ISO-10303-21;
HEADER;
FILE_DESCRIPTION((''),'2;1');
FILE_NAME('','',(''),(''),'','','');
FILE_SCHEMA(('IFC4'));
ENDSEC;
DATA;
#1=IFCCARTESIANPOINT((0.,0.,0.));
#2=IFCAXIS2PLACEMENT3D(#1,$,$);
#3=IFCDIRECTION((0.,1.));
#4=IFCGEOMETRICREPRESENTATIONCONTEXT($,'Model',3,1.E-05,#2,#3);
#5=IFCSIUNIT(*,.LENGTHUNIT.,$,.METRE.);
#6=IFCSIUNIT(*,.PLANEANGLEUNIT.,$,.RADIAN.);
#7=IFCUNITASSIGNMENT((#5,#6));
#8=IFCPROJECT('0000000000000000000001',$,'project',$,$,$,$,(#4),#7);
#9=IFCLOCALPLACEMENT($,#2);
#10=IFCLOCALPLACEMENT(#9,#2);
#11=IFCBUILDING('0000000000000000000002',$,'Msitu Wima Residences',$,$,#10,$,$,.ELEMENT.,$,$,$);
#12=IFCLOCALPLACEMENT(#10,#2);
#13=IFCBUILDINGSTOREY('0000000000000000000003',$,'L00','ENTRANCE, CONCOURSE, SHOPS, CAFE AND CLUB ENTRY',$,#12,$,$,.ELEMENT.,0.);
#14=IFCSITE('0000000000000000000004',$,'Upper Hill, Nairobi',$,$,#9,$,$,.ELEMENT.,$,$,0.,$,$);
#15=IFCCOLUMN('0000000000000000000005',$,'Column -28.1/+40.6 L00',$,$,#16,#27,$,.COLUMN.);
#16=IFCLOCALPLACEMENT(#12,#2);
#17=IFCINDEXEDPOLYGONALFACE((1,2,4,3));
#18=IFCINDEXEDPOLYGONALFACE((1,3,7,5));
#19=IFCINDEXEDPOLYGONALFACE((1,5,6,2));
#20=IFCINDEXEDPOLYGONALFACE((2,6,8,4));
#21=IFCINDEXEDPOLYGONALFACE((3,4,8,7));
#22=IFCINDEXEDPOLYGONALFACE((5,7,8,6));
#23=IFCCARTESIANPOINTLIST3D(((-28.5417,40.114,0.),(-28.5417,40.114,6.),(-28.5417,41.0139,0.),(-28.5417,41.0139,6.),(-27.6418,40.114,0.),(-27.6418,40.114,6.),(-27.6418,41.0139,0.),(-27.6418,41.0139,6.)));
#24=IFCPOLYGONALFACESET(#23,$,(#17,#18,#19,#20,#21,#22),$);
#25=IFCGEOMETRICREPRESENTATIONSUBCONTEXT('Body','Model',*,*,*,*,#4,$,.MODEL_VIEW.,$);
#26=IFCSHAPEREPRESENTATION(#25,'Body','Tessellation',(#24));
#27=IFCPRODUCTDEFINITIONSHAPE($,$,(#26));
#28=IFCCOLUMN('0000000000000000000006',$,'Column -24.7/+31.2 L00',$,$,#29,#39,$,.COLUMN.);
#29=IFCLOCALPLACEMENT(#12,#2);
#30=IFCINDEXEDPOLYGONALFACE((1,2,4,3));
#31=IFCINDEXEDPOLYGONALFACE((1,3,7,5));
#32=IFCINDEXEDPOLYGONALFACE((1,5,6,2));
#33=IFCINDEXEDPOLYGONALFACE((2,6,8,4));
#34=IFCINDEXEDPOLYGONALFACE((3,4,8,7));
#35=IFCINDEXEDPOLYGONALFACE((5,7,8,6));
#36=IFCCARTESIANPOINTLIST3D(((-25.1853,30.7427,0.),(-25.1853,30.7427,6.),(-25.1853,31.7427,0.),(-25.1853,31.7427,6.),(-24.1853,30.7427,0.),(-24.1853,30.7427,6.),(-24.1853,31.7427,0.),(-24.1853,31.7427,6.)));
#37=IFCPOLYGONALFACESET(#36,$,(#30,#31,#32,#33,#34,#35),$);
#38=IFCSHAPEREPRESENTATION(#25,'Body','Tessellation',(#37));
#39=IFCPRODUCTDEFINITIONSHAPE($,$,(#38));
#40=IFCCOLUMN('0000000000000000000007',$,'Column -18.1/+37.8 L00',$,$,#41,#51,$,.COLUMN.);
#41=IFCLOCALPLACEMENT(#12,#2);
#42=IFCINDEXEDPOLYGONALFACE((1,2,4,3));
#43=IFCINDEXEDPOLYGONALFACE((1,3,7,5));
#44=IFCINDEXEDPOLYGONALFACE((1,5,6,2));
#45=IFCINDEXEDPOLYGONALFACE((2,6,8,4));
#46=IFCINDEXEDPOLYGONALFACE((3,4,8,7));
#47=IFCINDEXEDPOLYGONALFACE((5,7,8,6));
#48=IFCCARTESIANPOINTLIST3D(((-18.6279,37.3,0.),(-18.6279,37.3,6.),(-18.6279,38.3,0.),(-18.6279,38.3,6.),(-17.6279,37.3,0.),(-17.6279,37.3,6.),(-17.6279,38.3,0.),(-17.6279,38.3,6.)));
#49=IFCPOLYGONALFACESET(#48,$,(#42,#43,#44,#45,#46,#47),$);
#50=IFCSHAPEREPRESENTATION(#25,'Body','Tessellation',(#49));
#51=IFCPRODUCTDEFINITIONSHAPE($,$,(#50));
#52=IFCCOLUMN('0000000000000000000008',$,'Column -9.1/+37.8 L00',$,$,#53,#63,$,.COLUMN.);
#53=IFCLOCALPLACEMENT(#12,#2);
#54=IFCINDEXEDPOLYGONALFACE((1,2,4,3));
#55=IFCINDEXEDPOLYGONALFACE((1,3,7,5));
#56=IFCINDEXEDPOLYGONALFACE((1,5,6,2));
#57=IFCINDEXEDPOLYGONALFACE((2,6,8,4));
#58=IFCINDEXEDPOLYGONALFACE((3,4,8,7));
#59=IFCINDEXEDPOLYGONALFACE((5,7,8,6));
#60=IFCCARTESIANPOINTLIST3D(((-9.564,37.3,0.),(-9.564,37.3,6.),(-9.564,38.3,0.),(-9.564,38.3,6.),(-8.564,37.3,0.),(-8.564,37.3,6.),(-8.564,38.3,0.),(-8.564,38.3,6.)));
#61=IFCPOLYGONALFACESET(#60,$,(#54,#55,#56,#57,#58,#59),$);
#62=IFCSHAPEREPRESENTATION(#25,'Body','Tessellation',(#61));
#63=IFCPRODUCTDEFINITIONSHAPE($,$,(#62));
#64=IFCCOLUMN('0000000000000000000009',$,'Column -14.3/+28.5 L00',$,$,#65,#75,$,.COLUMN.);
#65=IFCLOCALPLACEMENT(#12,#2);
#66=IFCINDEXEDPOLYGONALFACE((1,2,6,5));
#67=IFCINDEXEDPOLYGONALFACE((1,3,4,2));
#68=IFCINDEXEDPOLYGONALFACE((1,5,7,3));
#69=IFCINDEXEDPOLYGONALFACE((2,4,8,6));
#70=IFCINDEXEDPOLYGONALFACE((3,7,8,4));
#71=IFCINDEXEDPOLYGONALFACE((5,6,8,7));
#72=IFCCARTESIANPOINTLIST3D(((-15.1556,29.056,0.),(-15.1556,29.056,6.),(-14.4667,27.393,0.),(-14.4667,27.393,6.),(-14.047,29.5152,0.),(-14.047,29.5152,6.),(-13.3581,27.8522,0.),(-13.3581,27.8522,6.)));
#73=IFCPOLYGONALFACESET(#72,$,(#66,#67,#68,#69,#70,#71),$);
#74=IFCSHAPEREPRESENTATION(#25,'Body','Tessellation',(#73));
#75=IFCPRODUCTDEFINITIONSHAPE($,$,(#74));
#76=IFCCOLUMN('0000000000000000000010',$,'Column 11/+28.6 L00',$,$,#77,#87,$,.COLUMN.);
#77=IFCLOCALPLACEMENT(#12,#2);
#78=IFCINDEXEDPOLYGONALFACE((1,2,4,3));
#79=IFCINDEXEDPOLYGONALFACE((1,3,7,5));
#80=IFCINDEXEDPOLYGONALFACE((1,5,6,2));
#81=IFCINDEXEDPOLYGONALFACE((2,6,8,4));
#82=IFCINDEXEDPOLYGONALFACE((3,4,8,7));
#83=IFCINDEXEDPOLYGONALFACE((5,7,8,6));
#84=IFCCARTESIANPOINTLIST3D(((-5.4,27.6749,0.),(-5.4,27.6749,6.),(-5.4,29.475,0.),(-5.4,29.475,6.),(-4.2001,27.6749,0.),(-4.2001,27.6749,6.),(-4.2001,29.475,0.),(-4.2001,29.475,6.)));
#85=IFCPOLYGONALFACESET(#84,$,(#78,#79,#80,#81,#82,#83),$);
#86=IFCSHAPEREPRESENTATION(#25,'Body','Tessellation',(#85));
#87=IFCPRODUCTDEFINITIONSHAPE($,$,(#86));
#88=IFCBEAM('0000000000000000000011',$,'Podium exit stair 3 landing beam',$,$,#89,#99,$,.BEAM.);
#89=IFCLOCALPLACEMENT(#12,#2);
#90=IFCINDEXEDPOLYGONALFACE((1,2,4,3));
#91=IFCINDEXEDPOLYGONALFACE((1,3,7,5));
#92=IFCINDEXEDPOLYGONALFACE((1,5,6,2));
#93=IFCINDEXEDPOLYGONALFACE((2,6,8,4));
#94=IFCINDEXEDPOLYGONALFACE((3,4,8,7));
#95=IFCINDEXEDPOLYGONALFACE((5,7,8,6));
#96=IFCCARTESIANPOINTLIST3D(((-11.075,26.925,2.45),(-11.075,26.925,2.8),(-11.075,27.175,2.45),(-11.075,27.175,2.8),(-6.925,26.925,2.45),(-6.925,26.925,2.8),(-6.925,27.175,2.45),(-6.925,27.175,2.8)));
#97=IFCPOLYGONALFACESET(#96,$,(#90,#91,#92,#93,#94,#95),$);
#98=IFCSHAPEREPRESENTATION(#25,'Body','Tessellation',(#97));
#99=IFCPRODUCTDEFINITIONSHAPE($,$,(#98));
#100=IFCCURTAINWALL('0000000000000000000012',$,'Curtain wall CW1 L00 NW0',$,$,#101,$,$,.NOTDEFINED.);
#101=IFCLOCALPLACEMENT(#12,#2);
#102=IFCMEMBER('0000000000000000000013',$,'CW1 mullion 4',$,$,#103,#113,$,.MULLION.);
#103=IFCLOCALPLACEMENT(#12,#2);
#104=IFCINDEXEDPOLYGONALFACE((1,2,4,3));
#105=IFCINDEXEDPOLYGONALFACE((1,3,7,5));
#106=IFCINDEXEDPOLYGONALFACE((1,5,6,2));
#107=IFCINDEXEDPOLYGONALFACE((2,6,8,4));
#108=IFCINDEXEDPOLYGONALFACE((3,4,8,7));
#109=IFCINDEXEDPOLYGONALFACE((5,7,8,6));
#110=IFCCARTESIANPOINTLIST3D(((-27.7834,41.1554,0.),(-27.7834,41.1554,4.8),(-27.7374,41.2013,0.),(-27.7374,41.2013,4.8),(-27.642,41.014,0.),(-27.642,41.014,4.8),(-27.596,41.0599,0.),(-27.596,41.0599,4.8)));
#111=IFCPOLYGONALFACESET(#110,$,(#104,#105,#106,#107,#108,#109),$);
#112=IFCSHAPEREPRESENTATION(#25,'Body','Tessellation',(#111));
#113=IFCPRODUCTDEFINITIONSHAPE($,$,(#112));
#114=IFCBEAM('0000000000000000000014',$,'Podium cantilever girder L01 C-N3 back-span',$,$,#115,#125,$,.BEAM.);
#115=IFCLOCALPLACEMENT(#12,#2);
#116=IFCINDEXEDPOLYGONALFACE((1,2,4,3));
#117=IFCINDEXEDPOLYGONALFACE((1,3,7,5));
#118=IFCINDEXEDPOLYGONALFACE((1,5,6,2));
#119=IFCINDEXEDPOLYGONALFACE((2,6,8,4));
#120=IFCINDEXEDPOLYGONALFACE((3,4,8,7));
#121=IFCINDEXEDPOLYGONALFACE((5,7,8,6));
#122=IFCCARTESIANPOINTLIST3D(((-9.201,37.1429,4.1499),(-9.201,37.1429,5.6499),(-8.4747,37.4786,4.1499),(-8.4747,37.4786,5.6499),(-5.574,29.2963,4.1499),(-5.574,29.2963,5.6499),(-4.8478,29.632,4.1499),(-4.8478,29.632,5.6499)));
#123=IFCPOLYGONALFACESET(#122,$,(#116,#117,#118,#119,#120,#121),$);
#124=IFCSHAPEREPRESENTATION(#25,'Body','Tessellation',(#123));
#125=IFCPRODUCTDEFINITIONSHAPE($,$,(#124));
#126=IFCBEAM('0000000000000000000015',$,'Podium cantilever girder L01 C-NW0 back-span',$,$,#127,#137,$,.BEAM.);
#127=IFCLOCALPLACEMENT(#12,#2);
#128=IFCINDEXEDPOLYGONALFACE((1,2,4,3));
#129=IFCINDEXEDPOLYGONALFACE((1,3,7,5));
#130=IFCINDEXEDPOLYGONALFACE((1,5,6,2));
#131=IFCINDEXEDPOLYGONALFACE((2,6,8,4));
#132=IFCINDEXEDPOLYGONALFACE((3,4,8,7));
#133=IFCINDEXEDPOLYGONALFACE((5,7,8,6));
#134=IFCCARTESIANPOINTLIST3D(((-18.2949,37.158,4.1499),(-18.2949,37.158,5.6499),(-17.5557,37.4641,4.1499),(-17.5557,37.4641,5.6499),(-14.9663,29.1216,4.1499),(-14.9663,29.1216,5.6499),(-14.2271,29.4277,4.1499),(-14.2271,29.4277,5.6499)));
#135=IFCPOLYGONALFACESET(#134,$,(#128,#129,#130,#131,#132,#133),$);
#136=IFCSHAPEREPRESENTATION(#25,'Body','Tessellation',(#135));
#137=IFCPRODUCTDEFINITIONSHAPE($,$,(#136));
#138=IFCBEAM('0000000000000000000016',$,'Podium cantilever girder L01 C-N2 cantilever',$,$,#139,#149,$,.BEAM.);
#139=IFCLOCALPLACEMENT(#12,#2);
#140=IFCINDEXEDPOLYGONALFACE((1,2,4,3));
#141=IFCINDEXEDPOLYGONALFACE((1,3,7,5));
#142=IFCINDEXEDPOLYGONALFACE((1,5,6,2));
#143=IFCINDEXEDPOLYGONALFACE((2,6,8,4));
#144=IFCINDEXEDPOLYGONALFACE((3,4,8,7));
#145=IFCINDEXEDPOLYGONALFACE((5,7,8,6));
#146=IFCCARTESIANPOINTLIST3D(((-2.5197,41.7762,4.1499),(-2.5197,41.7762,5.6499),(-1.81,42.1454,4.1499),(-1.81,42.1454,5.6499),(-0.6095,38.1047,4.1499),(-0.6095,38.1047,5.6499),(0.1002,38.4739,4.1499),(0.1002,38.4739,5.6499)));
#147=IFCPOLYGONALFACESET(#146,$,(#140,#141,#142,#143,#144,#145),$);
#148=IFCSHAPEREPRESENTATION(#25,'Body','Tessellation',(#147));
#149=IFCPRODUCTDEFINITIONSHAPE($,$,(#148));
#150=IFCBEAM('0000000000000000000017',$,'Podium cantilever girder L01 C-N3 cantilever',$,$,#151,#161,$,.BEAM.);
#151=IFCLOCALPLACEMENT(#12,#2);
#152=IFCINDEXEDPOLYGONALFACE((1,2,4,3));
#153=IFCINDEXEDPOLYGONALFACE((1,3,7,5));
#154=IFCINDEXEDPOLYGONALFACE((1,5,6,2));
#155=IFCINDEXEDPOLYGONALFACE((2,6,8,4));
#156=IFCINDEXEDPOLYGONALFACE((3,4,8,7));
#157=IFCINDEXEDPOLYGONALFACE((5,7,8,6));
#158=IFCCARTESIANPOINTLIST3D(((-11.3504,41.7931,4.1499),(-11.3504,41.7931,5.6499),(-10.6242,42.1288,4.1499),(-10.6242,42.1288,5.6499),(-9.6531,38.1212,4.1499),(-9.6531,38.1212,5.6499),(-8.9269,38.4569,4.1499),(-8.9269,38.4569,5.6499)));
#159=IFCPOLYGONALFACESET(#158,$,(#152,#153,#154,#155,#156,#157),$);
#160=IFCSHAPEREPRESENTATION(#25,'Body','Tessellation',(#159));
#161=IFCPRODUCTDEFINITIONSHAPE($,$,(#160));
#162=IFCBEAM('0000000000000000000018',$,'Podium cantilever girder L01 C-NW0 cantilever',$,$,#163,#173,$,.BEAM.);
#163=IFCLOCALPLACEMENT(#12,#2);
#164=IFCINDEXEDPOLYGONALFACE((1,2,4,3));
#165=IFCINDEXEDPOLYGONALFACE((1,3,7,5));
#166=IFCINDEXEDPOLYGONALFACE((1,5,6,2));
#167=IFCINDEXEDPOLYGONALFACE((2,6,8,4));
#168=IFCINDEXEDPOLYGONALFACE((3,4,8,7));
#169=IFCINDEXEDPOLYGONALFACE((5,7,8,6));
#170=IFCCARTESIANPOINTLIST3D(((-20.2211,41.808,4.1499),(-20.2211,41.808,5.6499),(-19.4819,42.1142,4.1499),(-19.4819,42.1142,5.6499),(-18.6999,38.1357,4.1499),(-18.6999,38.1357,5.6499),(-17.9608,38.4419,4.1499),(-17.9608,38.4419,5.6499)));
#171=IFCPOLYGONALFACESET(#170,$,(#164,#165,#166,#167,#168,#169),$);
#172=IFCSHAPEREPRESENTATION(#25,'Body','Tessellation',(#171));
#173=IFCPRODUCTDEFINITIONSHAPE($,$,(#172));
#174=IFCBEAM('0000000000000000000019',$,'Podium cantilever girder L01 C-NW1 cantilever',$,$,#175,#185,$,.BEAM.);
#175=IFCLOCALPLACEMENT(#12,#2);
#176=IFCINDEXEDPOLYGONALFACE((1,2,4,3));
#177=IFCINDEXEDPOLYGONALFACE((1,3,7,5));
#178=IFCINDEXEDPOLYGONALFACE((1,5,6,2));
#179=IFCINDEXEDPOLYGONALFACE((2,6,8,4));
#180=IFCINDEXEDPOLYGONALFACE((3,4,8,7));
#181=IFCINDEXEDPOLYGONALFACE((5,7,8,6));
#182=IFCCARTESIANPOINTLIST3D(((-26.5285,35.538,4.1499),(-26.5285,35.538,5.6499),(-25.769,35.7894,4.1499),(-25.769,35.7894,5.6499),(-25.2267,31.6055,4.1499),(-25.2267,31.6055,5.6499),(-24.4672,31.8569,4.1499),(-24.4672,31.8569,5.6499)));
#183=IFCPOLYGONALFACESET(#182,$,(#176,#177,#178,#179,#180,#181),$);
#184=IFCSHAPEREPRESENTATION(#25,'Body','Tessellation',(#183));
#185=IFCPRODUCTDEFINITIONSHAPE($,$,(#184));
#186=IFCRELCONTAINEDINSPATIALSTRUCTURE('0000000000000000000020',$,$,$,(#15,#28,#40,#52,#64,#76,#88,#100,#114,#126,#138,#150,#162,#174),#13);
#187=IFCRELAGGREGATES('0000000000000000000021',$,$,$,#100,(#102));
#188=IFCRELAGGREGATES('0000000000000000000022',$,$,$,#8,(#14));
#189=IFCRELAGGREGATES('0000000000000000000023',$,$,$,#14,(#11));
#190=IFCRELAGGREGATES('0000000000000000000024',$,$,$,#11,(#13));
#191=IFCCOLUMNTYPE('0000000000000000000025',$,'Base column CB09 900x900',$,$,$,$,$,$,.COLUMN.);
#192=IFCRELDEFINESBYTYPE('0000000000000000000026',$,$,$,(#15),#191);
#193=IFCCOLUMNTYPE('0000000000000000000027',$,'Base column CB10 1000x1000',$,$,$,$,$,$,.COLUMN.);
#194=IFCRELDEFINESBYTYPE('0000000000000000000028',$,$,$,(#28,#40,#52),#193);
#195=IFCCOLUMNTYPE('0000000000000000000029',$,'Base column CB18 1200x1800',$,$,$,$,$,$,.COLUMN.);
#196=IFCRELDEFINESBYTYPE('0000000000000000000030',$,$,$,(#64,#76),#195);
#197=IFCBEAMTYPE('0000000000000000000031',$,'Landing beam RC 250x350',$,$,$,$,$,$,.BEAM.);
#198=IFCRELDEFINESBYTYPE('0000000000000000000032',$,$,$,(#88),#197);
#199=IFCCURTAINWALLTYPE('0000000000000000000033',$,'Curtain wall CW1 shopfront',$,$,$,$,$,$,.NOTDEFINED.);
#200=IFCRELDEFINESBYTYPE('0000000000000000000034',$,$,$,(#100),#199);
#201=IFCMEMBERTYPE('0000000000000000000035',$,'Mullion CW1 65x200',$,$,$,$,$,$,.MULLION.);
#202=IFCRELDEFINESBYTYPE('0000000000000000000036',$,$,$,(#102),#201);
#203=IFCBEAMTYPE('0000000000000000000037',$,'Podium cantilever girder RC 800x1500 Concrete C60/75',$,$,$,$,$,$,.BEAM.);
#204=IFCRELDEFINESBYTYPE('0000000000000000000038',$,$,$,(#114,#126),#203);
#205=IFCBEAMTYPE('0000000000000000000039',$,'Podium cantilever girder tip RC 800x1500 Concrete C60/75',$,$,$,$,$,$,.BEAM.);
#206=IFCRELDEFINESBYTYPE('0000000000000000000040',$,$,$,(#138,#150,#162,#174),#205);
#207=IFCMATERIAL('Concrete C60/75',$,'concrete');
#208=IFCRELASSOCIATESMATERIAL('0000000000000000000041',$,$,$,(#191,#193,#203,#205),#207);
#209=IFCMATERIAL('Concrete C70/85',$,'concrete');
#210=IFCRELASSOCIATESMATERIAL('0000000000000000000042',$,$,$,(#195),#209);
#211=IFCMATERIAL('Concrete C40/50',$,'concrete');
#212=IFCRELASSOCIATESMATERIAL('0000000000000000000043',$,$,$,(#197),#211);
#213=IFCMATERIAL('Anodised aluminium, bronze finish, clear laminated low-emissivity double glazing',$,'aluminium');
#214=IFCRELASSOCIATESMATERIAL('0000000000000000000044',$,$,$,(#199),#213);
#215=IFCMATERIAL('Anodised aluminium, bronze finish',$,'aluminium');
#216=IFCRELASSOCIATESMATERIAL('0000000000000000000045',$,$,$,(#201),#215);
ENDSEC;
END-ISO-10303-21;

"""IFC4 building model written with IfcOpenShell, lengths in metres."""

from ifc_helpers import new_model, si_unit, direction, frame, origin, origin_2d, place, context, subcontext, project, spatial, rectangle, extrude, material, material_profile, profile_set, type_object, element, aggregate, save


model = new_model("IFC4")

# Units and contexts
model_context = context("Model", 3, precision=1e-05, world=origin(), true_north=direction((0.0, 1.0)))
body_context = subcontext(model_context, "Body", "Model", "MODEL_VIEW")
ifc_project = project(units=[si_unit("LENGTHUNIT", "METRE"), si_unit("PLANEANGLEUNIT", "RADIAN")], contexts=[model_context])

# Site, building, storey
site_placement = place(None, origin())
site = spatial("IfcSite", under=ifc_project, at=site_placement, Name="Upper Hill, Nairobi", CompositionType="ELEMENT", RefElevation=0.0)
building_placement = place(site_placement, origin())
building = spatial("IfcBuilding", under=site, at=building_placement, Name="Msitu Wima Residences", CompositionType="ELEMENT")
storey_placement = place(building_placement, origin())
storey = spatial("IfcBuildingStorey", under=building, at=storey_placement, Name="L00", Description="ENTRANCE, CONCOURSE, SHOPS, CAFE AND CLUB ENTRY", CompositionType="ELEMENT", Elevation=0.0)

# Columns
ifc_material_1 = material(Name="Concrete C60/75", Category="concrete")
ifc_material_profile_1 = material_profile(ifc_material_1, rectangle(XDim=0.8999, YDim=0.8999, at=origin_2d()), Name="RC 900x900")
ifc_profile_set_1 = profile_set([ifc_material_profile_1], Name="Concrete C60/75")
column_type_1 = type_object("IfcColumnType", Name="Base column CB09 900x900", PredefinedType="COLUMN", material=ifc_profile_set_1)
column_placement = place(storey_placement, frame((-28.0918, 40.564, 0.0), z_axis=(0.0, 0.0, 1.0), x_axis=(1.0, 0.0, 0.0)))
element("IfcColumn", 1, at=column_placement, inside=storey, type_object=column_type_1, Name="Column -28.1/+40.6 L00", PredefinedType="COLUMN", context=body_context, shape_type="SweptSolid", body=[
    extrude(rectangle(XDim=0.8999, YDim=0.8999, at=origin_2d()), origin(), (0.0, 0.0, 1.0), 6.0),
])
ifc_material_profile_2 = material_profile(ifc_material_1, rectangle(XDim=1.0, YDim=1.0, at=origin_2d()), Name="RC 1000x1000")
ifc_profile_set_2 = profile_set([ifc_material_profile_2], Name="Concrete C60/75")
column_type_2 = type_object("IfcColumnType", Name="Base column CB10 1000x1000", PredefinedType="COLUMN", material=ifc_profile_set_2)
for number, where, z_axis, x_axis, name in (
    (2, (-24.6853, 31.2427, 0.0), (0.0, 0.0, 1.0), (1.0, 0.0, 0.0), "Column -24.7/+31.2 L00"),
    (3, (-18.1279, 37.8, 0.0), (0.0, 0.0, 1.0), (1.0, 0.0, 0.0), "Column -18.1/+37.8 L00"),
    (4, (-9.064, 37.8, 0.0), (0.0, 0.0, 1.0), (1.0, 0.0, 0.0), "Column -9.1/+37.8 L00"),
):
    element("IfcColumn", number, at=place(storey_placement, frame(where, z_axis=z_axis, x_axis=x_axis)), inside=storey, type_object=column_type_2, Name=name, PredefinedType="COLUMN", context=body_context, shape_type="SweptSolid", body=[
        extrude(rectangle(XDim=1.0, YDim=1.0, at=origin_2d()), origin(), (0.0, 0.0, 1.0), 6.0),
    ])
ifc_material_2 = material(Name="Concrete C70/85", Category="concrete")
ifc_material_profile_3 = material_profile(ifc_material_2, rectangle(XDim=1.2, YDim=1.8, at=origin_2d()), Name="RC 1200x1800")
ifc_profile_set_3 = profile_set([ifc_material_profile_3], Name="Concrete C70/85")
column_type_3 = type_object("IfcColumnType", Name="Base column CB18 1200x1800", PredefinedType="COLUMN", material=ifc_profile_set_3)
for number, where, z_axis, x_axis, name in (
    (5, (-14.2568, 28.4541, 0.0), (0.0, 0.0, 1.0), (-0.92388, -0.382683, 0.0), "Column -14.3/+28.5 L00"),
    (6, (-4.8, 28.575, 0.0), (0.0, 0.0, 1.0), (-1.0, 0.0, 0.0), "Column 11/+28.6 L00"),
):
    element("IfcColumn", number, at=place(storey_placement, frame(where, z_axis=z_axis, x_axis=x_axis)), inside=storey, type_object=column_type_3, Name=name, PredefinedType="COLUMN", context=body_context, shape_type="SweptSolid", body=[
        extrude(rectangle(XDim=1.2, YDim=1.8, at=origin_2d()), origin(), (0.0, 0.0, 1.0), 6.0),
    ])

# Beam
ifc_material_3 = material(Name="Concrete C40/50", Category="concrete")
ifc_material_profile_4 = material_profile(ifc_material_3, rectangle(XDim=0.25, YDim=0.3501, at=origin_2d()), Name="RC 250x350")
ifc_profile_set_4 = profile_set([ifc_material_profile_4], Name="Concrete C40/50")
beam_type_1 = type_object("IfcBeamType", Name="Landing beam RC 250x350", PredefinedType="BEAM", material=ifc_profile_set_4)
beam_1_placement = place(storey_placement, frame((-6.925, 27.05, 2.625), z_axis=(-1.0, 0.0, 0.0), x_axis=(0.0, -1.0, 0.0)))
element("IfcBeam", 7, at=beam_1_placement, inside=storey, type_object=beam_type_1, Name="Podium exit stair 3 landing beam", PredefinedType="BEAM", context=body_context, shape_type="SweptSolid", body=[
    extrude(rectangle(XDim=0.25, YDim=0.3501, at=origin_2d()), origin(), (0.0, 0.0, 1.0), 4.1499),
])

# Curtain wall, member
ifc_material_4 = material(Name="Anodised aluminium, bronze finish, clear laminated low-emissivity double glazing", Category="aluminium")
curtain_wall_type = type_object("IfcCurtainWallType", Name="Curtain wall CW1 shopfront", PredefinedType="NOTDEFINED", material=ifc_material_4)
curtain_wall_placement = place(storey_placement, origin())
curtain_wall = element("IfcCurtainWall", 8, at=curtain_wall_placement, inside=storey, type_object=curtain_wall_type, Name="Curtain wall CW1 L00 NW0", PredefinedType="NOTDEFINED")
ifc_material_5 = material(Name="Anodised aluminium, bronze finish", Category="aluminium")
ifc_material_profile_5 = material_profile(ifc_material_5, rectangle(XDim=0.2, YDim=0.0649, at=origin_2d()), Name="Mullion 65x200")
ifc_profile_set_5 = profile_set([ifc_material_profile_5], Name="Anodised aluminium, bronze finish")
member_type_1 = type_object("IfcMemberType", Name="Mullion CW1 65x200", PredefinedType="MULLION", material=ifc_profile_set_5)
member_1_placement = place(storey_placement, frame((-27.6897, 41.1077, 0.0), z_axis=(0.0, 0.0, 1.0), x_axis=(0.707107, -0.707107, 0.0)))
member_1 = element("IfcMember", 9, at=member_1_placement, type_object=member_type_1, Name="CW1 mullion 4", PredefinedType="MULLION", context=body_context, shape_type="SweptSolid", body=[
    extrude(rectangle(XDim=0.2, YDim=0.0649, at=origin_2d()), origin(), (0.0, 0.0, 1.0), 4.8),
])

# Beams
ifc_material_profile_6 = material_profile(ifc_material_1, rectangle(XDim=0.8, YDim=1.5, at=origin_2d()), Name="RC 800x1500")
ifc_profile_set_6 = profile_set([ifc_material_profile_6], Name="Concrete C60/75")
beam_type_2 = type_object("IfcBeamType", Name="Podium cantilever girder RC 800x1500 Concrete C60/75", PredefinedType="BEAM", material=ifc_profile_set_6)
beam_2_placement = place(storey_placement, frame((-5.2109, 29.4641, 4.8999), z_axis=(-0.419574, 0.907721, 0.0), x_axis=(-0.907721, -0.419574, 0.0)))
element("IfcBeam", 10, at=beam_2_placement, inside=storey, type_object=beam_type_2, Name="Podium cantilever girder L01 C-N3 back-span", PredefinedType="BEAM", context=body_context, shape_type="SweptSolid", body=[
    extrude(rectangle(XDim=0.8, YDim=1.5, at=origin_2d()), origin(), (0.0, 0.0, 1.0), 8.6443),
])
beam_3_placement = place(storey_placement, frame((-14.5967, 29.2747, 4.8999), z_axis=(-0.382667, 0.923886, 0.0), x_axis=(-0.923886, -0.382667, 0.0)))
element("IfcBeam", 11, at=beam_3_placement, inside=storey, type_object=beam_type_2, Name="Podium cantilever girder L01 C-NW0 back-span", PredefinedType="BEAM", context=body_context, shape_type="SweptSolid", body=[
    extrude(rectangle(XDim=0.8, YDim=1.5, at=origin_2d()), origin(), (0.0, 0.0, 1.0), 8.6985),
])
ifc_material_profile_7 = material_profile(ifc_material_1, rectangle(XDim=0.8, YDim=1.5, at=origin_2d()), Name="RC 800x1500")
ifc_profile_set_7 = profile_set([ifc_material_profile_7], Name="Concrete C60/75")
beam_type_3 = type_object("IfcBeamType", Name="Podium cantilever girder tip RC 800x1500 Concrete C60/75", PredefinedType="BEAM", material=ifc_profile_set_7)
beam_4_placement = place(storey_placement, frame((-0.2546, 38.2893, 4.8999), z_axis=(-0.46155, 0.887114, 0.0), x_axis=(-0.887114, -0.46155, 0.0)))
element("IfcBeam", 12, at=beam_4_placement, inside=storey, type_object=beam_type_3, Name="Podium cantilever girder L01 C-N2 cantilever", PredefinedType="BEAM", context=body_context, shape_type="SweptSolid", body=[
    extrude(rectangle(XDim=0.8, YDim=1.5, at=origin_2d()), origin(), (0.0, 0.0, 1.0), 4.1387),
])
beam_5_placement = place(storey_placement, frame((-9.29, 38.2891, 4.8999), z_axis=(-0.419579, 0.907719, 0.0), x_axis=(-0.907719, -0.419579, 0.0)))
element("IfcBeam", 13, at=beam_5_placement, inside=storey, type_object=beam_type_3, Name="Podium cantilever girder L01 C-N3 cantilever", PredefinedType="BEAM", context=body_context, shape_type="SweptSolid", body=[
    extrude(rectangle(XDim=0.8, YDim=1.5, at=origin_2d()), origin(), (0.0, 0.0, 1.0), 4.0452),
])
beam_6_placement = place(storey_placement, frame((-18.3303, 38.2888, 4.8999), z_axis=(-0.382704, 0.923871, 0.0), x_axis=(-0.923871, -0.382704, 0.0)))
element("IfcBeam", 14, at=beam_6_placement, inside=storey, type_object=beam_type_3, Name="Podium cantilever girder L01 C-NW0 cantilever", PredefinedType="BEAM", context=body_context, shape_type="SweptSolid", body=[
    extrude(rectangle(XDim=0.8, YDim=1.5, at=origin_2d()), origin(), (0.0, 0.0, 1.0), 3.9749),
])
beam_7_placement = place(storey_placement, frame((-24.8469, 31.7312, 4.8999), z_axis=(-0.314264, 0.949335, 0.0), x_axis=(-0.949335, -0.314264, 0.0)))
element("IfcBeam", 15, at=beam_7_placement, inside=storey, type_object=beam_type_3, Name="Podium cantilever girder L01 C-NW1 cantilever", PredefinedType="BEAM", context=body_context, shape_type="SweptSolid", body=[
    extrude(rectangle(XDim=0.8, YDim=1.5, at=origin_2d()), origin(), (0.0, 0.0, 1.0), 4.1423),
])

aggregate(curtain_wall, [member_1])

save(model, "model.ifc")
